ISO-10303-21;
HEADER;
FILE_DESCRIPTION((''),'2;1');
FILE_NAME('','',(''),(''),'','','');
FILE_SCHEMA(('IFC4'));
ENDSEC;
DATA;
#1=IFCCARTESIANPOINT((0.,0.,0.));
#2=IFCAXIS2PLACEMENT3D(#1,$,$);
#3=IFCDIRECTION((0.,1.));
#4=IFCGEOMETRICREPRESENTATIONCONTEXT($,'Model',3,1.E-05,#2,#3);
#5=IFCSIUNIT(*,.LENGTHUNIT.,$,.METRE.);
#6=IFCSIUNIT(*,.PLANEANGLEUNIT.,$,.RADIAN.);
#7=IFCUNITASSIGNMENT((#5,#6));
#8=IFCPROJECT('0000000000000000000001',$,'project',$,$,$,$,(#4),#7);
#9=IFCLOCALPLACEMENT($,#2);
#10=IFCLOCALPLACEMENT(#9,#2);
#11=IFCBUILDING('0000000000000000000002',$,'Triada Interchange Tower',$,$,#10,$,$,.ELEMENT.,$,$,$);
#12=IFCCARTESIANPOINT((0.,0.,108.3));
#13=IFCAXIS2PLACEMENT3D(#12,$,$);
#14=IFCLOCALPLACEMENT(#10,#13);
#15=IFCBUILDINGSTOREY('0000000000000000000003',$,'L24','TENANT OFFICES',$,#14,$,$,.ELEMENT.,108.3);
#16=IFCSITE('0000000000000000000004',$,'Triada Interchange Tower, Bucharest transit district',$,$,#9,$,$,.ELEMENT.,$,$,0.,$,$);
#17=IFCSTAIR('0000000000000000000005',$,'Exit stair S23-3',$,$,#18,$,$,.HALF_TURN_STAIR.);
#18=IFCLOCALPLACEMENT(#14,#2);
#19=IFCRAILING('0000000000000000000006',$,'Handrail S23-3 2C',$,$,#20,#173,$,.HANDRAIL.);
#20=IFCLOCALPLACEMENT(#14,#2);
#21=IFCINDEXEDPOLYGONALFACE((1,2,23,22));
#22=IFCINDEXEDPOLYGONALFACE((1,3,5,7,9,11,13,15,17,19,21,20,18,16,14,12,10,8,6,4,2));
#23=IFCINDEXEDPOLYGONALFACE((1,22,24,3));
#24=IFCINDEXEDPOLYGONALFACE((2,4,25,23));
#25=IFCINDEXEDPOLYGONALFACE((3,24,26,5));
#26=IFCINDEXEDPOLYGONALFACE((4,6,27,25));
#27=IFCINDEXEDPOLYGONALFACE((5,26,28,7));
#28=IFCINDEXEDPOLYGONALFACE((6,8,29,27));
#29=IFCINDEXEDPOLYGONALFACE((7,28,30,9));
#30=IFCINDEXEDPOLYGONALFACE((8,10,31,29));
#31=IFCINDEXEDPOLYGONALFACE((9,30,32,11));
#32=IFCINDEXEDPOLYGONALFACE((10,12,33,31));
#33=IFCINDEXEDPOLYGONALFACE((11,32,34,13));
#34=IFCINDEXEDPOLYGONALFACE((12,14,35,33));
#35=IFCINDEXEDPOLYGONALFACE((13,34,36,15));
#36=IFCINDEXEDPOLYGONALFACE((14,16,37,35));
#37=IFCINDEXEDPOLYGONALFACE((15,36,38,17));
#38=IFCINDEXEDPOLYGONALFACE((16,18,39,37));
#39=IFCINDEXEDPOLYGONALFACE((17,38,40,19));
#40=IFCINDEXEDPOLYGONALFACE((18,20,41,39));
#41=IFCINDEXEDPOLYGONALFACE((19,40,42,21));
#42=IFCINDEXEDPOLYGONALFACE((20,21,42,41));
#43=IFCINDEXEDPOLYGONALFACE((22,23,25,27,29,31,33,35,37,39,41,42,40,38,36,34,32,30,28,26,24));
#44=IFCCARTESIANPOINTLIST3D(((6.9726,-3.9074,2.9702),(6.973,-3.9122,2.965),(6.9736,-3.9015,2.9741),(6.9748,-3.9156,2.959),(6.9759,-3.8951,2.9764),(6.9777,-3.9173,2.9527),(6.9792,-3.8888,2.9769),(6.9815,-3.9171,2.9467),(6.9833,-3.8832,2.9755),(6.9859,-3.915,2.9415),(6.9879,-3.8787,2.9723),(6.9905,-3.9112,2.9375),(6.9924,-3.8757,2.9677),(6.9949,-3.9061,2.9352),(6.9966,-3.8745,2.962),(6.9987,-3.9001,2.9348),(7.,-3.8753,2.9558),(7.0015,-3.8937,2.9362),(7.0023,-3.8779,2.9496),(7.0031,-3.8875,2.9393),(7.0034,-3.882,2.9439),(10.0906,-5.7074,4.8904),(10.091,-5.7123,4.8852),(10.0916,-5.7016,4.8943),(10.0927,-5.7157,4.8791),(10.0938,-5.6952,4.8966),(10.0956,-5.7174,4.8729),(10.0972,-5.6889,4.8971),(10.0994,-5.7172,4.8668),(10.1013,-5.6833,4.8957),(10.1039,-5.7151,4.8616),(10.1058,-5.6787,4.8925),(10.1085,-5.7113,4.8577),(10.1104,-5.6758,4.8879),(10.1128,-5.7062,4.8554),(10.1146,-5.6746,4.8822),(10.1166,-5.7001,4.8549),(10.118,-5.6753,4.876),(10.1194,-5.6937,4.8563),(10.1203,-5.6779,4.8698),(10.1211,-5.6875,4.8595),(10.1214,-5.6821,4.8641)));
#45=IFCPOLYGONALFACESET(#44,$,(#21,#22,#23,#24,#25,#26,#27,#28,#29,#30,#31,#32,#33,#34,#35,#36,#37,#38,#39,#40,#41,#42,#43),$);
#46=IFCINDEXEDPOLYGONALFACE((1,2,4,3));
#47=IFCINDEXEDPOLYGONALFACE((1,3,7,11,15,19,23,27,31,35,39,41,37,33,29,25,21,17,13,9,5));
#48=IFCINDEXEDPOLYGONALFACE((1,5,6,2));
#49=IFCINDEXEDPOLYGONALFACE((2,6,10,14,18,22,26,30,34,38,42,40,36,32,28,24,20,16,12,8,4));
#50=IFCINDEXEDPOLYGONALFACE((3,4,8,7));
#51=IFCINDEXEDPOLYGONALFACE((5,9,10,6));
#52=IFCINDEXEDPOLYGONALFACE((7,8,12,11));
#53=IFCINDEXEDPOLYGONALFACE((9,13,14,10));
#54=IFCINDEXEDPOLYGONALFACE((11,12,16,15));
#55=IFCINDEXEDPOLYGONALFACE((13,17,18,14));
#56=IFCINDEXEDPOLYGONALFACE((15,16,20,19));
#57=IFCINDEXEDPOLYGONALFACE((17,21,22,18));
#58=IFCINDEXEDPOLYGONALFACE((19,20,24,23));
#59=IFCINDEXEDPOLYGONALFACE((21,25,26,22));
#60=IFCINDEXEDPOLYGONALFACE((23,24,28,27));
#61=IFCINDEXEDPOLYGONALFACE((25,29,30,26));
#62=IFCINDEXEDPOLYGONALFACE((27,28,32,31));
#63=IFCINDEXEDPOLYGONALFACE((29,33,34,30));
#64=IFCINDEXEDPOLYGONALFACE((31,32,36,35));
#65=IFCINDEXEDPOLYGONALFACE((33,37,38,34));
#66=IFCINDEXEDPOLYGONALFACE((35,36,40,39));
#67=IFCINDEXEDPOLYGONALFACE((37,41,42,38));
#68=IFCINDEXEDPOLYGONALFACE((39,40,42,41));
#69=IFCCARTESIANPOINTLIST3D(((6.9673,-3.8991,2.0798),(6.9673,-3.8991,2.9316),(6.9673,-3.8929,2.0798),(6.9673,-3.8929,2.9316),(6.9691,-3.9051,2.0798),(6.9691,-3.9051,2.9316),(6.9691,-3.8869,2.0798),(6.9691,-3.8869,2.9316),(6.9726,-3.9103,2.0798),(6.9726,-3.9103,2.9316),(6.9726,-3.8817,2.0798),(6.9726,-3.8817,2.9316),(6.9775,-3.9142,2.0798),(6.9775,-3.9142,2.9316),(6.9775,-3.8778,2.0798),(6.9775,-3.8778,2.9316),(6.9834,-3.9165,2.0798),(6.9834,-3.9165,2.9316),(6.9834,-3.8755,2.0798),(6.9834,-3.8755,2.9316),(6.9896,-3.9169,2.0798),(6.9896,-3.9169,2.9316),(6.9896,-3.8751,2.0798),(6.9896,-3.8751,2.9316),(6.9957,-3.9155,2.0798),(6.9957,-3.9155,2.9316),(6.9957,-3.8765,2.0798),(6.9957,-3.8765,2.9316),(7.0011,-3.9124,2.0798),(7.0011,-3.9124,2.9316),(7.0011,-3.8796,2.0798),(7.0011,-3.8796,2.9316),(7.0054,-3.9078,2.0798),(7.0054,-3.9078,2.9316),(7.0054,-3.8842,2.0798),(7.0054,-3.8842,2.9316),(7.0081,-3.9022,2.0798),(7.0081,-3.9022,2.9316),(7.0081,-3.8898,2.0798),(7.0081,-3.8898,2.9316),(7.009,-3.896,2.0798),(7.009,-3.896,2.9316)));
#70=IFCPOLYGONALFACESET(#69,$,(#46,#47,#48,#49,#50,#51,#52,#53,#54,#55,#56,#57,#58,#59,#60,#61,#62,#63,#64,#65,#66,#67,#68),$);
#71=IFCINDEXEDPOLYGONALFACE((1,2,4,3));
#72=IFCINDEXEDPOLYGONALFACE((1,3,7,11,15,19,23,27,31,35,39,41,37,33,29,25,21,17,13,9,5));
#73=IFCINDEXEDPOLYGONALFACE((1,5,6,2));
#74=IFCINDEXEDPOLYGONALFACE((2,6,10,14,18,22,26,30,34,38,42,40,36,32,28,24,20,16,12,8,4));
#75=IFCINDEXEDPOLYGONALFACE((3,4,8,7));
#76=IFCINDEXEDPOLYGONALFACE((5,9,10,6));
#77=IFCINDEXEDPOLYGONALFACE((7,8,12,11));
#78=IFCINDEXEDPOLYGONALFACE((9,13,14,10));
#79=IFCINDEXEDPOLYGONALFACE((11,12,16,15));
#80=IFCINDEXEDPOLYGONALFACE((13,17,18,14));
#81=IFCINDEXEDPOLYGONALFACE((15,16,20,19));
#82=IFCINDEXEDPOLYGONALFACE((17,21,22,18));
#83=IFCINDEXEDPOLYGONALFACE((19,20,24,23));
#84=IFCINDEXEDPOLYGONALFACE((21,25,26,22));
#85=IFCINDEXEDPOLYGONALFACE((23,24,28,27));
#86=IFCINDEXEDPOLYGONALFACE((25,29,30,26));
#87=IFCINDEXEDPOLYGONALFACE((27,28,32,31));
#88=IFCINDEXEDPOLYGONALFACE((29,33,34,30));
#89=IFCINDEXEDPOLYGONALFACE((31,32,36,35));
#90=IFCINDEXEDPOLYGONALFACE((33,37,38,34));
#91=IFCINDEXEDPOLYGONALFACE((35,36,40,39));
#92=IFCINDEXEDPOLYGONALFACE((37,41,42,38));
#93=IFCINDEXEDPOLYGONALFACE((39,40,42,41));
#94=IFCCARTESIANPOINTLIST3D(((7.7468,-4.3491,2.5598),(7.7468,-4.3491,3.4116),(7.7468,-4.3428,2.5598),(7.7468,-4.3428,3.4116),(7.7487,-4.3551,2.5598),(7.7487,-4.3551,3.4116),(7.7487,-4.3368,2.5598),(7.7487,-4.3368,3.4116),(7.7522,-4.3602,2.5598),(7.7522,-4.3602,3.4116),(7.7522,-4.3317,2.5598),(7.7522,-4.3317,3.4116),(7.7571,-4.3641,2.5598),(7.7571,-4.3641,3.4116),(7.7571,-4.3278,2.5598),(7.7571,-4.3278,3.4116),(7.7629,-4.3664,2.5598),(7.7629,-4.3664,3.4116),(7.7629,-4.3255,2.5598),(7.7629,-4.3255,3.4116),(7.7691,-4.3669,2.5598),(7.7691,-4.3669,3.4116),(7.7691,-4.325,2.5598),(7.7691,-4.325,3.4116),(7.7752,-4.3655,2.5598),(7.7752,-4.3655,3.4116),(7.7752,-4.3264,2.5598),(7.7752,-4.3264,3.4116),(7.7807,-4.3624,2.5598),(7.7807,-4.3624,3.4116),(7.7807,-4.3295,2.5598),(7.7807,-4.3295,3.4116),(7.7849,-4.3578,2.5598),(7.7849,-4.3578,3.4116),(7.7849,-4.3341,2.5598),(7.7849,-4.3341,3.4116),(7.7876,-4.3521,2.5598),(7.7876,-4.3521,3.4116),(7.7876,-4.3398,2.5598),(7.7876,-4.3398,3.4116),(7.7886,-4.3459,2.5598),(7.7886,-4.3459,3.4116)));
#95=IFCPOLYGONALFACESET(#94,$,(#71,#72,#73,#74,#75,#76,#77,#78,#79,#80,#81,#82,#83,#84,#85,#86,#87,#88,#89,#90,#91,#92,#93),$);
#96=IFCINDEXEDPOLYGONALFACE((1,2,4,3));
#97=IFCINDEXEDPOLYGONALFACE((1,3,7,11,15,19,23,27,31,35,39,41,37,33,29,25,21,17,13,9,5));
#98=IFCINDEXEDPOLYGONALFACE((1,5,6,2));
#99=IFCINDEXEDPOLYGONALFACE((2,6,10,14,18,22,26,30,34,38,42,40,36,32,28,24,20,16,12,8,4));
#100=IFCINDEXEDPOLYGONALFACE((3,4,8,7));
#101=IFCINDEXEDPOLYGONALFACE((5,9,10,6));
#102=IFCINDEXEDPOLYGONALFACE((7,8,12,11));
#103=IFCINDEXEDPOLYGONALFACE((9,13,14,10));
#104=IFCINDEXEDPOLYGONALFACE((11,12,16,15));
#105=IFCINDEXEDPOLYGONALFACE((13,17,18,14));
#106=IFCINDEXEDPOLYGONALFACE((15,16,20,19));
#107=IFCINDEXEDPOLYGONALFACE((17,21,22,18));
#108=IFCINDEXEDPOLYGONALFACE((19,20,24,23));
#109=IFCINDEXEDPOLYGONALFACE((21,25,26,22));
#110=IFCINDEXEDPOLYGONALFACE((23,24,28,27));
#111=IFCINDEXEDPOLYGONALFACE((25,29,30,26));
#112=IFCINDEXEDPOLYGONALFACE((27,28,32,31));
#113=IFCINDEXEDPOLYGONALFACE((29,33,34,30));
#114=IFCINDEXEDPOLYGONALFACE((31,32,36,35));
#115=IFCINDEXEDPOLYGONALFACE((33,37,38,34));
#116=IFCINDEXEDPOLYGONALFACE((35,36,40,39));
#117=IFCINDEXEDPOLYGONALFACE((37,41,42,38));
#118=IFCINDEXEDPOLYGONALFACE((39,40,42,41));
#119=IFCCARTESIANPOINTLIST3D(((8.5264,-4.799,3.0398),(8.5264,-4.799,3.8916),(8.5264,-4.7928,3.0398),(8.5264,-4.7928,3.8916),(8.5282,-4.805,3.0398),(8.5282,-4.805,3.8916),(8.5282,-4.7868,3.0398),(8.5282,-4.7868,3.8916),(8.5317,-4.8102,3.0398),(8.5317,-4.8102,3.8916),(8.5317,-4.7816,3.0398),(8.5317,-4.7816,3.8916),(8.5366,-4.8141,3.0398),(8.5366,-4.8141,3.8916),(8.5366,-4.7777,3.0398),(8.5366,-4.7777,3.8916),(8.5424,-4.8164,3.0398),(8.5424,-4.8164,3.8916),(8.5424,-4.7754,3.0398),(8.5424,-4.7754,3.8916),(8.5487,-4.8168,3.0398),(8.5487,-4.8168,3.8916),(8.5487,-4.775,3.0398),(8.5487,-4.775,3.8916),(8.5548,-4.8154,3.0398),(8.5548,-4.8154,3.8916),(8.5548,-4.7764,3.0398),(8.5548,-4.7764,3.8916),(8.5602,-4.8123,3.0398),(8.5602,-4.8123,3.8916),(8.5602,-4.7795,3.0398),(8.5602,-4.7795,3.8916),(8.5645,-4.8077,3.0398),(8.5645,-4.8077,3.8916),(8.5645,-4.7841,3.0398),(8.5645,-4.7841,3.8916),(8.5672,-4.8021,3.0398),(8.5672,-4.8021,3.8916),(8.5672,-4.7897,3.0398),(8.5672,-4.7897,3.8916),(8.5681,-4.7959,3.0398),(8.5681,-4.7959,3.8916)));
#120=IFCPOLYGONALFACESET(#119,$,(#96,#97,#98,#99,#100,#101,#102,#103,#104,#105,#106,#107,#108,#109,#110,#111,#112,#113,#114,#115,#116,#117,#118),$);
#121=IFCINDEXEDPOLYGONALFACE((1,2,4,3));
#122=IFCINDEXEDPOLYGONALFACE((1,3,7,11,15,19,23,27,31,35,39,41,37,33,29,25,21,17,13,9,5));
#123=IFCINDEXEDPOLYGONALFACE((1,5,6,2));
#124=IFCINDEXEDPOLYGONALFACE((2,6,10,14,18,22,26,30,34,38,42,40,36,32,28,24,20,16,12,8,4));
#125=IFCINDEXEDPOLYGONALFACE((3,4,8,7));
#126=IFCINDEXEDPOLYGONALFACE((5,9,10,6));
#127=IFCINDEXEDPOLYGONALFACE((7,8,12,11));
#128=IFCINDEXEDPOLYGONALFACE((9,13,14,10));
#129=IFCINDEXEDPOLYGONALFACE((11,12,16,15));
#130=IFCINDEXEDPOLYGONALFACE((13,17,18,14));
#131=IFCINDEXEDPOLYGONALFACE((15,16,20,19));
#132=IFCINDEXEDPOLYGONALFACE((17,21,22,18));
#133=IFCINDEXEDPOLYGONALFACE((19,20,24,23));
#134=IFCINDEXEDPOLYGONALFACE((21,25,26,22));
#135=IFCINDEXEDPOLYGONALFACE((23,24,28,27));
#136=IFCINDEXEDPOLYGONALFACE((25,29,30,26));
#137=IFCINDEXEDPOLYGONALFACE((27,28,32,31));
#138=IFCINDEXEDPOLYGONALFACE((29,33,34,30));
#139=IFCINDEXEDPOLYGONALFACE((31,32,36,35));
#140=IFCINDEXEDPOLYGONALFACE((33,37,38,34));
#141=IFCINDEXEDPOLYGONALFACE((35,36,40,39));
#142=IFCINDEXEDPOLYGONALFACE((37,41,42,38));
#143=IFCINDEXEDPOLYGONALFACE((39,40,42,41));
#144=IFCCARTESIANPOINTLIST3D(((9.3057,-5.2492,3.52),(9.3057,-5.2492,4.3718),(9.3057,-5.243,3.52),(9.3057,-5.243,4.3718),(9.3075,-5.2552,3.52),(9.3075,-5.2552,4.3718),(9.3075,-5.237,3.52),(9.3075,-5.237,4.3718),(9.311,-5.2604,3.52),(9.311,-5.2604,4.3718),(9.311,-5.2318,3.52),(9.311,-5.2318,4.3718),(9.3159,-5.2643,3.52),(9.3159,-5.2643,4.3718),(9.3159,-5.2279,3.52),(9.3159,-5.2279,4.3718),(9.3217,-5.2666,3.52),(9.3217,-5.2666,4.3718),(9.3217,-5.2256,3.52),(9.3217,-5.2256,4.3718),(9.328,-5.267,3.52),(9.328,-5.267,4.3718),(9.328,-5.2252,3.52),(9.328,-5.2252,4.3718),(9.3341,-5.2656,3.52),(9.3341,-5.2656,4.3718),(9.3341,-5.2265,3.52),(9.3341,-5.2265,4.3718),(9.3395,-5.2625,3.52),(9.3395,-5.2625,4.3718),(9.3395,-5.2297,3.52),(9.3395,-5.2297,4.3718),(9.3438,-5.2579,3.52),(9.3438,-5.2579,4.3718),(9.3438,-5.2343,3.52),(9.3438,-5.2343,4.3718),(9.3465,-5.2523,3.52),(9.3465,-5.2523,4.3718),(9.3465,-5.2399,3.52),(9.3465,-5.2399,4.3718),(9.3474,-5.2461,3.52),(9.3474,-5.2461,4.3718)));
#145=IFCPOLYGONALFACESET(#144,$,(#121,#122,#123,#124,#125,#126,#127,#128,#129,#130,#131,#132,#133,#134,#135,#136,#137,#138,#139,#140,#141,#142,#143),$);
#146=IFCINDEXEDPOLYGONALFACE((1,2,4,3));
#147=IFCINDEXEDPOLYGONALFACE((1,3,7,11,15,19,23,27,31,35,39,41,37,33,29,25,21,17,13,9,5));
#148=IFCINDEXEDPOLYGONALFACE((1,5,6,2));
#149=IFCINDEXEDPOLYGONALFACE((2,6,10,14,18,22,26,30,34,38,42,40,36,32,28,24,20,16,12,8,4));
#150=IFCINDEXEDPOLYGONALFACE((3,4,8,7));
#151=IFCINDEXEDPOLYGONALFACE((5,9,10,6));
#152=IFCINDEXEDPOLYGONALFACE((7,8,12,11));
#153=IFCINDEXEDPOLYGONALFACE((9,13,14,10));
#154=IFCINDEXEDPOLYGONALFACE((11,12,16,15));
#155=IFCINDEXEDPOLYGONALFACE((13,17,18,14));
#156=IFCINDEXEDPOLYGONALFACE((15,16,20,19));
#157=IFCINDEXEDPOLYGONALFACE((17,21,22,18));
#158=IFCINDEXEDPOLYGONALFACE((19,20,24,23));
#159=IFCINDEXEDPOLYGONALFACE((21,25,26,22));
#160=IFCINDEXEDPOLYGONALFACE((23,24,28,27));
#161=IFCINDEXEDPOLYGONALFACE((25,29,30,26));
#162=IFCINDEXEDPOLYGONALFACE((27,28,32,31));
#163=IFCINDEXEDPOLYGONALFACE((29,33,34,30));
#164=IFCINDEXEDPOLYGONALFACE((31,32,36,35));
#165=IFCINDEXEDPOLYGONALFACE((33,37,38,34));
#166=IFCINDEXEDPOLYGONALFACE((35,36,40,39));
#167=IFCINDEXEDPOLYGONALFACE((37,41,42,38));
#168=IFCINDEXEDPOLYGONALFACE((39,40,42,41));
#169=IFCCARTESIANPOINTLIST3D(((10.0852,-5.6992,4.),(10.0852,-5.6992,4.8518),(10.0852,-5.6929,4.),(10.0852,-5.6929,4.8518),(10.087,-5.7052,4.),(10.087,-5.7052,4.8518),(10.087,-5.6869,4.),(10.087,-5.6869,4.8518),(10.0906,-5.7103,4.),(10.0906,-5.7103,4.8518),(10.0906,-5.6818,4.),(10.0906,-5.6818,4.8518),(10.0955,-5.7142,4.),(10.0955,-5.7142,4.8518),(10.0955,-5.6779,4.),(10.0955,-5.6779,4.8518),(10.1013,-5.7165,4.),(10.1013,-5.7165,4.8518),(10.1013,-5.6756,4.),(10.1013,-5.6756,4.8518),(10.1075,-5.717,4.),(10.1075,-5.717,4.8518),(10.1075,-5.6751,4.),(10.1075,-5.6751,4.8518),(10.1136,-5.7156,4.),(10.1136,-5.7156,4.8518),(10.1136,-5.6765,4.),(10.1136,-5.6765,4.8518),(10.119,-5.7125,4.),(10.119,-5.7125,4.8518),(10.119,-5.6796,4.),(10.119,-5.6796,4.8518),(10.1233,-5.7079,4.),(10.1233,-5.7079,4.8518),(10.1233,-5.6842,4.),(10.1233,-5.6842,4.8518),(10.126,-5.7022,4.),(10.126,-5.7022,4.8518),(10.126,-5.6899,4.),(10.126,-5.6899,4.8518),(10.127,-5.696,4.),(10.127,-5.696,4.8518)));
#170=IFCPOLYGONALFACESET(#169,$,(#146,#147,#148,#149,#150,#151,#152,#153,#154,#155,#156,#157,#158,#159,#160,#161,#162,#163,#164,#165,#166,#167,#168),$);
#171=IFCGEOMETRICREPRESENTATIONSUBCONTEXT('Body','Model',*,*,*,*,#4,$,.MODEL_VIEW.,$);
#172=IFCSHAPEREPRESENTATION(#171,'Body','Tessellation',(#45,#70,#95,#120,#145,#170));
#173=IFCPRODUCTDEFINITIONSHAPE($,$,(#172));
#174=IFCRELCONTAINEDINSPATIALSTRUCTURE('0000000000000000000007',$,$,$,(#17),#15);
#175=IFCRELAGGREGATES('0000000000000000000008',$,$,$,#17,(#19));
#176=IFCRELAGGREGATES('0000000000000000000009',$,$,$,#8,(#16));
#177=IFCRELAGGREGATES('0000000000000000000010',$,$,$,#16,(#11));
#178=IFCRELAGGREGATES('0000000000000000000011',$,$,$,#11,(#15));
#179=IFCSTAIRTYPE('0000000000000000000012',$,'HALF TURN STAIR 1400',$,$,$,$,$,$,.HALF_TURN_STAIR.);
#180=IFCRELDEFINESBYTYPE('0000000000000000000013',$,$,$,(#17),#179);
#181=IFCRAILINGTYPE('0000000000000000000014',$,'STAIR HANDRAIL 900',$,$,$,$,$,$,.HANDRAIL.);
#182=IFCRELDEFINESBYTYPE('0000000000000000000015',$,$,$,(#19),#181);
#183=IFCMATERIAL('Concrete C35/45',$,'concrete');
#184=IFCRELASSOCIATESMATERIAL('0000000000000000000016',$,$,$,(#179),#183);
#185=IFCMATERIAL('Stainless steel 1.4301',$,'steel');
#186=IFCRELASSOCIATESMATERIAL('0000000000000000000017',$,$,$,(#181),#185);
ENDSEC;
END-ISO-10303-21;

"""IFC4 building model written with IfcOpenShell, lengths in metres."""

from ifc_helpers import new_model, si_unit, direction, frame, origin, origin_2d, place, context, subcontext, project, spatial, circle, extrude, material, type_object, element, aggregate, save


model = new_model("IFC4")

# Units and contexts
model_context = context("Model", 3, precision=1e-05, world=origin(), true_north=direction((0.0, 1.0)))
body_context = subcontext(model_context, "Body", "Model", "MODEL_VIEW")
ifc_project = project(units=[si_unit("LENGTHUNIT", "METRE"), si_unit("PLANEANGLEUNIT", "RADIAN")], contexts=[model_context])

# Site, building, storey
site_placement = place(None, origin())
site = spatial("IfcSite", under=ifc_project, at=site_placement, Name="Triada Interchange Tower, Bucharest transit district", CompositionType="ELEMENT", RefElevation=0.0)
building_placement = place(site_placement, origin())
building = spatial("IfcBuilding", under=site, at=building_placement, Name="Triada Interchange Tower", CompositionType="ELEMENT")
storey_placement = place(building_placement, frame((0.0, 0.0, 108.3)))
storey = spatial("IfcBuildingStorey", under=building, at=storey_placement, Name="L24", Description="TENANT OFFICES", CompositionType="ELEMENT", Elevation=108.3)

# Stair, railing
ifc_material_1 = material(Name="Concrete C35/45", Category="concrete")
stair_type = type_object("IfcStairType", Name="HALF TURN STAIR 1400", PredefinedType="HALF_TURN_STAIR", material=ifc_material_1)
stair_placement = place(storey_placement, origin())
stair = element("IfcStair", 1, at=stair_placement, inside=storey, type_object=stair_type, Name="Exit stair S23-3", PredefinedType="HALF_TURN_STAIR")
ifc_material_2 = material(Name="Stainless steel 1.4301", Category="steel")
railing_type = type_object("IfcRailingType", Name="STAIR HANDRAIL 900", PredefinedType="HANDRAIL", material=ifc_material_2)
railing_1_placement = place(storey_placement, frame((6.988, -3.896, 2.0798)))
railing_1 = element("IfcRailing", 2, at=railing_1_placement, type_object=railing_type, Name="Handrail S23-3 2C", PredefinedType="HANDRAIL", context=body_context, shape_type="SweptSolid", body=[
    extrude(circle(Radius=0.0239, at=origin_2d()), frame((0.0, 0.0, 0.876), z_axis=(0.764145, -0.441159, 0.470597), x_axis=(0.499983, 0.866035, 0.0)), (0.0, 0.0, 1.0), 4.0803),
    extrude(circle(Radius=0.021, at=origin_2d()), origin(), (0.0, 0.0, 1.0), 0.8518),
    extrude(circle(Radius=0.021, at=origin_2d()), frame((0.7795, -0.45, 0.48)), (0.0, 0.0, 1.0), 0.8518),
    extrude(circle(Radius=0.021, at=origin_2d()), frame((1.5591, -0.8999, 0.96)), (0.0, 0.0, 1.0), 0.8518),
    extrude(circle(Radius=0.021, at=origin_2d()), frame((2.3384, -1.3501, 1.4402)), (0.0, 0.0, 1.0), 0.8518),
    extrude(circle(Radius=0.021, at=origin_2d()), frame((3.1179, -1.8, 1.9202)), (0.0, 0.0, 1.0), 0.8518),
])
aggregate(stair, [railing_1])

save(model, "model.ifc")
